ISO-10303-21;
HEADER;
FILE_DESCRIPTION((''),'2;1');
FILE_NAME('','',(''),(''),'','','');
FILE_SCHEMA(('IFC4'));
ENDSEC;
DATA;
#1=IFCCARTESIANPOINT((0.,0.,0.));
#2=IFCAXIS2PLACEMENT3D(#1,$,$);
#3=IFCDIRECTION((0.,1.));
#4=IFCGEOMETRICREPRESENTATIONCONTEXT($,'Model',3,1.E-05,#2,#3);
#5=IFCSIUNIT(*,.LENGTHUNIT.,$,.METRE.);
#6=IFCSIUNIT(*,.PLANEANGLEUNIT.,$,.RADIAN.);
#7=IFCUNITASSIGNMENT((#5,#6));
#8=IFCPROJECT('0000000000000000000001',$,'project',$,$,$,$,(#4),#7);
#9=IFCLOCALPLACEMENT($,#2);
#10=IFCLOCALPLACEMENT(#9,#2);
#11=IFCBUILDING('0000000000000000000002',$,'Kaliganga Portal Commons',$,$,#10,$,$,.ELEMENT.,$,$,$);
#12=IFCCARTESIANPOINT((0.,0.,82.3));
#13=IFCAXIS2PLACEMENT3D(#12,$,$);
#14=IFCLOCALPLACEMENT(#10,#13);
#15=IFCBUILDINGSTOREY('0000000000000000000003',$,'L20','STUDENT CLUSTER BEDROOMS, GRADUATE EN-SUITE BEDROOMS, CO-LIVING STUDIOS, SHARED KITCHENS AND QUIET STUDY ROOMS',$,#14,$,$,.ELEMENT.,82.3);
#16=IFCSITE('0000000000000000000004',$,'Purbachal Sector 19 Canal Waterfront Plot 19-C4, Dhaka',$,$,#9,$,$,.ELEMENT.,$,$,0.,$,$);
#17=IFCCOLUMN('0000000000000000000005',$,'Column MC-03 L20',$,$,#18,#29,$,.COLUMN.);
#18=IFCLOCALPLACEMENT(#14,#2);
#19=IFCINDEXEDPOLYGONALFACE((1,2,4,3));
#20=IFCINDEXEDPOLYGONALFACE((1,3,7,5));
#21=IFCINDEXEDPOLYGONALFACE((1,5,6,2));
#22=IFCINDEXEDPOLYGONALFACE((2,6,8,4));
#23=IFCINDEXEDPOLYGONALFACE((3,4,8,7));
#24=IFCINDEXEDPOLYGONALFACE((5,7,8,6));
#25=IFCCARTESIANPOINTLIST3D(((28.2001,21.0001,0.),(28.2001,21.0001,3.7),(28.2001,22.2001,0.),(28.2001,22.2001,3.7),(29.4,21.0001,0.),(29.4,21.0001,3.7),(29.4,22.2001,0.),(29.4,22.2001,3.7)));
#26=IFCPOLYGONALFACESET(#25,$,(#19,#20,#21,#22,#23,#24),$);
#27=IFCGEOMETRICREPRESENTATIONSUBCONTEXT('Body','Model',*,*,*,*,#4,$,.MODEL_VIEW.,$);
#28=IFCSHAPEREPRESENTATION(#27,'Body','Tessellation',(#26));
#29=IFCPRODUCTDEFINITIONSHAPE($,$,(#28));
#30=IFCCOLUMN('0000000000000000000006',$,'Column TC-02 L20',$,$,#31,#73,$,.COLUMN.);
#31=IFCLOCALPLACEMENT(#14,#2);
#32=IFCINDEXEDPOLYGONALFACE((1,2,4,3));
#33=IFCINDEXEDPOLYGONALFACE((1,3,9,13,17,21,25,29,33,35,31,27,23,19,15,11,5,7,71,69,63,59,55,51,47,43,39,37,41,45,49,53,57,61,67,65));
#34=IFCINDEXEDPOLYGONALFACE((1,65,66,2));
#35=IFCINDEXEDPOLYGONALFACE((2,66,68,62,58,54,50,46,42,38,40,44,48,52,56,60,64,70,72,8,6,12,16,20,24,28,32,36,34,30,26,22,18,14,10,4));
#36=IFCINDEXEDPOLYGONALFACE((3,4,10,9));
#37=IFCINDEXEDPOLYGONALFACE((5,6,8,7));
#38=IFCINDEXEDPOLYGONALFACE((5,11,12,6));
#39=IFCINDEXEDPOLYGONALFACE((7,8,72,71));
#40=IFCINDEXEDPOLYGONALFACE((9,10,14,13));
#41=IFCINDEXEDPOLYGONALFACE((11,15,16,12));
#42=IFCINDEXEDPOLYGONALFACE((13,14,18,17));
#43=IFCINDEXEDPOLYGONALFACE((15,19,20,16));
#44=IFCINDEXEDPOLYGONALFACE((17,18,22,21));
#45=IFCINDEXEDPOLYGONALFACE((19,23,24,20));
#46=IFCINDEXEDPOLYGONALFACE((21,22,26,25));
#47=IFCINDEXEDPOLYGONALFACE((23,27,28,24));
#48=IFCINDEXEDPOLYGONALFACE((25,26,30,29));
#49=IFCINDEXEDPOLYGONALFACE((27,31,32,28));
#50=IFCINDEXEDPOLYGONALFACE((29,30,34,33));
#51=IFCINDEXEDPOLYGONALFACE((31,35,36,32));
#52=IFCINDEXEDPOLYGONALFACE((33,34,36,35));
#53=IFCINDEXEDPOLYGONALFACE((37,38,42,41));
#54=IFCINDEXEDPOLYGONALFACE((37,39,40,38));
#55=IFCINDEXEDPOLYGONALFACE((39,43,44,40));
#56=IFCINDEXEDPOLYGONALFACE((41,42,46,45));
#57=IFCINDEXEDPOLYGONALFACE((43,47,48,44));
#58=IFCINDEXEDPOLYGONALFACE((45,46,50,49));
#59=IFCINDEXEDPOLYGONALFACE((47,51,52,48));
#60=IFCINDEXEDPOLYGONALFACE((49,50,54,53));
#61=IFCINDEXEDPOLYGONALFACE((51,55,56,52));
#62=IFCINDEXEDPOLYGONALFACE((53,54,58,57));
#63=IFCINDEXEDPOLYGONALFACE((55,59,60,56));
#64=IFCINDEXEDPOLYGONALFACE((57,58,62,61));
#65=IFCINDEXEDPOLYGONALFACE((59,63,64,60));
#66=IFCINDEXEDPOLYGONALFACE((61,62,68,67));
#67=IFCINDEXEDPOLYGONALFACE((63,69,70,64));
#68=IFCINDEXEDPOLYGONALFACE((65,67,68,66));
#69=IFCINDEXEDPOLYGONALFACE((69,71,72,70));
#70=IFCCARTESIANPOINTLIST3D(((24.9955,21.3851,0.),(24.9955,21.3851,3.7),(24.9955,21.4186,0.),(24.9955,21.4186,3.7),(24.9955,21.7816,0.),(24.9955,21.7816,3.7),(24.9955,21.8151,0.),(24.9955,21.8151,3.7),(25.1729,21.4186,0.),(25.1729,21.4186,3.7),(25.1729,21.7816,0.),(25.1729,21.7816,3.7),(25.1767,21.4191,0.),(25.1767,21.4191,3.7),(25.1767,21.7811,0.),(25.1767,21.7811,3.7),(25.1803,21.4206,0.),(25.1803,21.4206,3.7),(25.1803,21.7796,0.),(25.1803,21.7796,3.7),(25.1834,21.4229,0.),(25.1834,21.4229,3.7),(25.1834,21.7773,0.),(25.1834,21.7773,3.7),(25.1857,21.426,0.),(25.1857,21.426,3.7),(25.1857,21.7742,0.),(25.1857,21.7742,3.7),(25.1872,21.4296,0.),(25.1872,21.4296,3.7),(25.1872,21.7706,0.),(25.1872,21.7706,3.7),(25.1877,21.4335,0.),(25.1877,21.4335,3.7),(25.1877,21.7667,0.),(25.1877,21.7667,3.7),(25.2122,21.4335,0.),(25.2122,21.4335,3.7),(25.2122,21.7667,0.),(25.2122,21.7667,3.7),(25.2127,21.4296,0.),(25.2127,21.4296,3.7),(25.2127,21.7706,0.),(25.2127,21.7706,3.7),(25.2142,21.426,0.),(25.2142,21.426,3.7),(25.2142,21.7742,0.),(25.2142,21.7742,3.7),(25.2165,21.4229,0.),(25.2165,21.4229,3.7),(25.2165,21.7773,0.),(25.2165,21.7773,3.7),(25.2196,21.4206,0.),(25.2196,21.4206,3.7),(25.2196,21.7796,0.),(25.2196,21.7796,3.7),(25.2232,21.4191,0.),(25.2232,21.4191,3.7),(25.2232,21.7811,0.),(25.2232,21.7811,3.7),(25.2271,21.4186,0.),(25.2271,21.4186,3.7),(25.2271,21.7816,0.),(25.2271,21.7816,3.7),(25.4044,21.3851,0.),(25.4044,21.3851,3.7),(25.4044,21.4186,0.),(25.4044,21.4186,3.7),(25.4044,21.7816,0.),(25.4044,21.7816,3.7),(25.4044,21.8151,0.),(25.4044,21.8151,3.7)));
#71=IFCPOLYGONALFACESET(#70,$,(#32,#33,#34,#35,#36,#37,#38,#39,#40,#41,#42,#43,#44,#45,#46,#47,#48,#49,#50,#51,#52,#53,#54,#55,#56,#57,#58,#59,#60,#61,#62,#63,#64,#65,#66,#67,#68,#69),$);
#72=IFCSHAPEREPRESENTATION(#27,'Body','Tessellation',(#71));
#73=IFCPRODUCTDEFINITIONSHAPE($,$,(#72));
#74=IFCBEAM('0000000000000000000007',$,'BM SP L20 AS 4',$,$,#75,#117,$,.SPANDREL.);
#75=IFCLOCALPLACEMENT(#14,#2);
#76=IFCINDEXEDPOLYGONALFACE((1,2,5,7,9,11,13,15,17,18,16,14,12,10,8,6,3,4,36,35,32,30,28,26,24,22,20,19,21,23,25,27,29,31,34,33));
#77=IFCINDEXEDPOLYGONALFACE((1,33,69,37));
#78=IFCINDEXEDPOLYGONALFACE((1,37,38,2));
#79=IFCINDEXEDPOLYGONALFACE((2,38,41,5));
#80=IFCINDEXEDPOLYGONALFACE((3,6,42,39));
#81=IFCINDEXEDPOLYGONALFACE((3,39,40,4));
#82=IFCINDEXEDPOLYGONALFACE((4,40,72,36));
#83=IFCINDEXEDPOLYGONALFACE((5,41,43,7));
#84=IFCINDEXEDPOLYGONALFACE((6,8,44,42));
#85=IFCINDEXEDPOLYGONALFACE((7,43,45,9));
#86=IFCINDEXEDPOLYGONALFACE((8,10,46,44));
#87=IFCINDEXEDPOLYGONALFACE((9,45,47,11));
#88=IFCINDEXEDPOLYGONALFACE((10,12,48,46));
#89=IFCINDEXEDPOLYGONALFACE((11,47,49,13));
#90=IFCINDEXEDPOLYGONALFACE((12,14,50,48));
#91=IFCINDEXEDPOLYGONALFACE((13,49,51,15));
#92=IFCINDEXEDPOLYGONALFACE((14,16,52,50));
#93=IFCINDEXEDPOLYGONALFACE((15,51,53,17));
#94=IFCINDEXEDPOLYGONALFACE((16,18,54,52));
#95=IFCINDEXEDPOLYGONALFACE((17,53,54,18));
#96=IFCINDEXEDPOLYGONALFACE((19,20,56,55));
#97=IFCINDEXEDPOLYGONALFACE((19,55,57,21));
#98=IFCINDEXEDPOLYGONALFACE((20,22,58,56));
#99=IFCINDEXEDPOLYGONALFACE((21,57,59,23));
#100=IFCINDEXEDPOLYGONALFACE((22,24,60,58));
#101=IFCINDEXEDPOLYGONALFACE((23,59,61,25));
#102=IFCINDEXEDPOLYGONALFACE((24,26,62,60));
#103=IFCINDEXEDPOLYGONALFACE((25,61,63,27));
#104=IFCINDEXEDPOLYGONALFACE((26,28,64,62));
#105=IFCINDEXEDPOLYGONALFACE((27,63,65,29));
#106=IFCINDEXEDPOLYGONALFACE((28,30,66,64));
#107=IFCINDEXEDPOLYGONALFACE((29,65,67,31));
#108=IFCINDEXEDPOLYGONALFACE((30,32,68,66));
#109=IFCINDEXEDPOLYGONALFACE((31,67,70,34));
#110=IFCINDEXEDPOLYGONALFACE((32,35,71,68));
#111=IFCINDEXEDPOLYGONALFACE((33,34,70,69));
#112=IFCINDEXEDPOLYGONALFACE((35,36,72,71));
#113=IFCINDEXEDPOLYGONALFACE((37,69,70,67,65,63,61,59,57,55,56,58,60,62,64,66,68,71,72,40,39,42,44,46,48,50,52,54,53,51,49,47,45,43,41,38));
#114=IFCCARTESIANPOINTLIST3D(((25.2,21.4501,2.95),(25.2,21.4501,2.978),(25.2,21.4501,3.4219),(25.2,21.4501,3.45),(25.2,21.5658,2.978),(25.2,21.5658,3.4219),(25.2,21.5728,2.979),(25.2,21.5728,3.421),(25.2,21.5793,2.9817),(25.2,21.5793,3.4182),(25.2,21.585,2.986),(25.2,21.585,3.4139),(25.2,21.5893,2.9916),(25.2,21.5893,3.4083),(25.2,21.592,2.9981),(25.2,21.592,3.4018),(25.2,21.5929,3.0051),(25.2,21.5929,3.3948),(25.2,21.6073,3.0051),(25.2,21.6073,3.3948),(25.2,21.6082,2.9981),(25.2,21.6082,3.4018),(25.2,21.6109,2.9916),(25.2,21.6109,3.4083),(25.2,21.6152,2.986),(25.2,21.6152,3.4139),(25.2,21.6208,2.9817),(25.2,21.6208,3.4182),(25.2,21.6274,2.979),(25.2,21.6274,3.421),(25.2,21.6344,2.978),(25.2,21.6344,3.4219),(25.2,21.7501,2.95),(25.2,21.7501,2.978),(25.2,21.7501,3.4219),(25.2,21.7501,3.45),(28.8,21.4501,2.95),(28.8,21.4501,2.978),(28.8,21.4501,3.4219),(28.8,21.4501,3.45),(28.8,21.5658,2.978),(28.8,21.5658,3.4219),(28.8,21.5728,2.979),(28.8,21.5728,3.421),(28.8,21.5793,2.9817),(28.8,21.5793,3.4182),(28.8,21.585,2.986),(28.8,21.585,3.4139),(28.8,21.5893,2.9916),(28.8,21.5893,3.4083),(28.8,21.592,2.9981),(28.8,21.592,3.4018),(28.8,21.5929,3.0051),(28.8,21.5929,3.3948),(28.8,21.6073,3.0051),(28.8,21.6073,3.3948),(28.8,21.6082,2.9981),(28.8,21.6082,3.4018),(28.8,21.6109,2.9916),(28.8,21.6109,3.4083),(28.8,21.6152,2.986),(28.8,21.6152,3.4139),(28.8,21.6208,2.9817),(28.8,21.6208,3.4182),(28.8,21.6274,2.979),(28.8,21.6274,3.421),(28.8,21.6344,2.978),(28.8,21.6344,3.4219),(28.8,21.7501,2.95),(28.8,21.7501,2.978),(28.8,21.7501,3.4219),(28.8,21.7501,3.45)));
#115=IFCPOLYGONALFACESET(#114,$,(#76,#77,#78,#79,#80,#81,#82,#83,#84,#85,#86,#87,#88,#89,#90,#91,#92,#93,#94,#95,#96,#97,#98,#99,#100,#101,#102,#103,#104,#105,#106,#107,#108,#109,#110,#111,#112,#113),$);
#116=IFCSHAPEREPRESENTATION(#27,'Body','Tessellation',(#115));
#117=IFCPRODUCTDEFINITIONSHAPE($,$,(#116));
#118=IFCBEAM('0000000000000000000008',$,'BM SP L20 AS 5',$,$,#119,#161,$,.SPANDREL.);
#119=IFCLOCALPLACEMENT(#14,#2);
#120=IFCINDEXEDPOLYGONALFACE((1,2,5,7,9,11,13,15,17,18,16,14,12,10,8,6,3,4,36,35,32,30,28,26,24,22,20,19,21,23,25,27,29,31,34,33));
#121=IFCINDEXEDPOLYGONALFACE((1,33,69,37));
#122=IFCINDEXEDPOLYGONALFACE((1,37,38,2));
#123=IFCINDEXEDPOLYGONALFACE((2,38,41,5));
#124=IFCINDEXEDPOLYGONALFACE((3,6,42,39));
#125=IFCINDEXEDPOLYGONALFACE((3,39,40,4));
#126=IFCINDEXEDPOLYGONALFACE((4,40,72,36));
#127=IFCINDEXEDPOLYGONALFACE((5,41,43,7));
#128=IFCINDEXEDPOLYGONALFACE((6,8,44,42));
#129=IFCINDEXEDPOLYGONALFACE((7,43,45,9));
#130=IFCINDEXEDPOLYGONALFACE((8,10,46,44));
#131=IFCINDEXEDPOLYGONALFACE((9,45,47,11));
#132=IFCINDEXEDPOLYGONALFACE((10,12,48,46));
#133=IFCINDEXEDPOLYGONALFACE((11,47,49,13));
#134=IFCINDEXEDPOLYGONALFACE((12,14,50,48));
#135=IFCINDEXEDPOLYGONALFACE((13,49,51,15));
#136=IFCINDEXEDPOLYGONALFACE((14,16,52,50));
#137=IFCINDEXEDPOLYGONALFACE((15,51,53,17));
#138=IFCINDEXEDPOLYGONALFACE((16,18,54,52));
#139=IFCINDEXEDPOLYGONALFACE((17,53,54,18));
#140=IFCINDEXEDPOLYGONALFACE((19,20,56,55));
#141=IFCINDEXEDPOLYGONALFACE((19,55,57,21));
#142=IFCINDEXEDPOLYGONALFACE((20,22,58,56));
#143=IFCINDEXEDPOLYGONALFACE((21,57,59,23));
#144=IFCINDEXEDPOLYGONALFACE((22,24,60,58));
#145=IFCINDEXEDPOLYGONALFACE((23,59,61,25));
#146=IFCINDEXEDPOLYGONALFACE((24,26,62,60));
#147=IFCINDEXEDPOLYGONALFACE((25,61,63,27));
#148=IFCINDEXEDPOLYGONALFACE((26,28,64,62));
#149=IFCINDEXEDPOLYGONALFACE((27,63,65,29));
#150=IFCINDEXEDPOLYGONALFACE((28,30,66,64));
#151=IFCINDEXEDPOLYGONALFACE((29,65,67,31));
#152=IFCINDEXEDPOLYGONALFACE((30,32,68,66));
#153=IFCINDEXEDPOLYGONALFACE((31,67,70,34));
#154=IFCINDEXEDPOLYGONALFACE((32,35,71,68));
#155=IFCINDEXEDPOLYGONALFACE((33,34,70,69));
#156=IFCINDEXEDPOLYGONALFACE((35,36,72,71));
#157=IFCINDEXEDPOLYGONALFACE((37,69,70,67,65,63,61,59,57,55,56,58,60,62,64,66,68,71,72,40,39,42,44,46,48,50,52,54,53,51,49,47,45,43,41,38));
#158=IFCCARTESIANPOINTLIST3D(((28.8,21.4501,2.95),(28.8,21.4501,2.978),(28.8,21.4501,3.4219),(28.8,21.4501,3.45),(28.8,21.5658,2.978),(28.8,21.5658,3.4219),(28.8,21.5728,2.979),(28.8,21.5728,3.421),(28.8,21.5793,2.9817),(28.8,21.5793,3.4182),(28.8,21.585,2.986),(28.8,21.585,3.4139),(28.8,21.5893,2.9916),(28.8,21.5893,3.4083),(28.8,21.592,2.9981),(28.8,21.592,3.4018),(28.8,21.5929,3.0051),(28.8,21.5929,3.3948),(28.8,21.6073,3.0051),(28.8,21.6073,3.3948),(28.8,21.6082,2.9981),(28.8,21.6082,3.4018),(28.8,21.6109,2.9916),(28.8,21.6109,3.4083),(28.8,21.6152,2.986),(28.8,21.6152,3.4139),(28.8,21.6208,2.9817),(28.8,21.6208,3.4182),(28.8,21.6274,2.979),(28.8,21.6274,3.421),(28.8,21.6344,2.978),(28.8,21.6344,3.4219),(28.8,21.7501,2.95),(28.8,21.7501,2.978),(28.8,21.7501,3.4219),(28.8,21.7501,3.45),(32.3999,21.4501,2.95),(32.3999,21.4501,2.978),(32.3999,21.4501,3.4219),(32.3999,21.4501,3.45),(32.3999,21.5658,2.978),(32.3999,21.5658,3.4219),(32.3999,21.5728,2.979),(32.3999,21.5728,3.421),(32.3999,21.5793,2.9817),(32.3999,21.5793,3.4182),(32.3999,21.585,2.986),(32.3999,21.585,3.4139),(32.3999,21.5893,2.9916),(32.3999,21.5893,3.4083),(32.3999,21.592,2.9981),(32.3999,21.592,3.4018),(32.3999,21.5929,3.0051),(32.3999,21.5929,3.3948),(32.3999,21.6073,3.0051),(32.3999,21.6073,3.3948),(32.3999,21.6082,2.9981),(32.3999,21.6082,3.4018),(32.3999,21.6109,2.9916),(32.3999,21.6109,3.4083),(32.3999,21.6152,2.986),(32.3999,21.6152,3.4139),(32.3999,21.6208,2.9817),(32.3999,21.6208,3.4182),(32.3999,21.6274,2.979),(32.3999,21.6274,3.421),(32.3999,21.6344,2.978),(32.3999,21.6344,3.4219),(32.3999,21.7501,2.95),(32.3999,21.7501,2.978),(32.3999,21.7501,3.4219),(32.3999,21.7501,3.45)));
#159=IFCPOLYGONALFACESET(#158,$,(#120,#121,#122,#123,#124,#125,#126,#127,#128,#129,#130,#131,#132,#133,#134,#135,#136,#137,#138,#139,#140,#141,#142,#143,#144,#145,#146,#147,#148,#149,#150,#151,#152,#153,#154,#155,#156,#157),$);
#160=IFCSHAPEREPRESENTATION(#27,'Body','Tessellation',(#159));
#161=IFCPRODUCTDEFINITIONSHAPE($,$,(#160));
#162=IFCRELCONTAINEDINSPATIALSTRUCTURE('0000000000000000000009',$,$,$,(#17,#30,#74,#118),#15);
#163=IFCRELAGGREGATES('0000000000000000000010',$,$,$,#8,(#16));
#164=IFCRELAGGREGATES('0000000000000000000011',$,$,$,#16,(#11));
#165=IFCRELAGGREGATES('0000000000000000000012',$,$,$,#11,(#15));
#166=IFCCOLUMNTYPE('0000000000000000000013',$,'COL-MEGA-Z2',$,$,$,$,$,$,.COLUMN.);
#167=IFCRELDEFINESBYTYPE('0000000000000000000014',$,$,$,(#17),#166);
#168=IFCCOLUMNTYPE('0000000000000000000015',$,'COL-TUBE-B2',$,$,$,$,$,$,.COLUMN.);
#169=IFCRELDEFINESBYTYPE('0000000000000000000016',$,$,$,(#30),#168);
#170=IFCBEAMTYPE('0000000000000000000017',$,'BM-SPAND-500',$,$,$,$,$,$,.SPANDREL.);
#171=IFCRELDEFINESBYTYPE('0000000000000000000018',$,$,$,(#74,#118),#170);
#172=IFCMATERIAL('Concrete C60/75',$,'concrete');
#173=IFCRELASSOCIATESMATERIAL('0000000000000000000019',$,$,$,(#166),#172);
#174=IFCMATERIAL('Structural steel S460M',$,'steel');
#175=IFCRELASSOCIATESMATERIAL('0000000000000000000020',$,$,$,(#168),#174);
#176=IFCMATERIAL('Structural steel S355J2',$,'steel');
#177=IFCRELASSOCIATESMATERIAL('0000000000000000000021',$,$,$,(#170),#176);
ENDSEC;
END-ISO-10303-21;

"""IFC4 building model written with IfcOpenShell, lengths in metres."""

from ifc_helpers import new_model, si_unit, direction, frame, origin, origin_2d, place, context, subcontext, project, spatial, rectangle, i_section, extrude, source, transform, mapped, material, material_profile, profile_set, type_object, element, save


model = new_model("IFC4")

# Units and contexts
model_context = context("Model", 3, precision=1e-05, world=origin(), true_north=direction((0.0, 1.0)))
body_context = subcontext(model_context, "Body", "Model", "MODEL_VIEW")
ifc_project = project(units=[si_unit("LENGTHUNIT", "METRE"), si_unit("PLANEANGLEUNIT", "RADIAN")], contexts=[model_context])

# Site, building, storey
site_placement = place(None, origin())
site = spatial("IfcSite", under=ifc_project, at=site_placement, Name="Purbachal Sector 19 Canal Waterfront Plot 19-C4, Dhaka", CompositionType="ELEMENT", RefElevation=0.0)
building_placement = place(site_placement, origin())
building = spatial("IfcBuilding", under=site, at=building_placement, Name="Kaliganga Portal Commons", CompositionType="ELEMENT")
storey_placement = place(building_placement, frame((0.0, 0.0, 82.3)))
storey = spatial("IfcBuildingStorey", under=building, at=storey_placement, Name="L20", Description="STUDENT CLUSTER BEDROOMS, GRADUATE EN-SUITE BEDROOMS, CO-LIVING STUDIOS, SHARED KITCHENS AND QUIET STUDY ROOMS", CompositionType="ELEMENT", Elevation=82.3)

# Columns
ifc_material_1 = material(Name="Concrete C60/75", Category="concrete")
ifc_material_profile_1 = material_profile(ifc_material_1, rectangle(XDim=1.2, YDim=1.2, at=origin_2d()), Name="RC 1200x1200")
ifc_profile_set_1 = profile_set([ifc_material_profile_1], Name="Concrete C60/75")
column_type_1 = type_object("IfcColumnType", Name="COL-MEGA-Z2", PredefinedType="COLUMN", material=ifc_profile_set_1)
shared_shape_1 = source(origin(), body_context, "Body", "SweptSolid", [
    extrude(rectangle(XDim=1.2, YDim=1.2, at=origin_2d()), origin(), (0.0, 0.0, 1.0), 3.7),
])
column_1_placement = place(storey_placement, frame((28.8, 21.6001, 0.0), z_axis=(0.0, 0.0, 1.0), x_axis=(1.0, 0.0, 0.0)))
element("IfcColumn", 1, at=column_1_placement, inside=storey, type_object=column_type_1, Name="Column MC-03 L20", PredefinedType="COLUMN", context=body_context, shape_type="MappedRepresentation", body=[
    mapped(shared_shape_1, transform((0.0, 0.0, 0.0), x_axis=(1.0, 0.0, 0.0), y_axis=(0.0, 1.0, 0.0), z_axis=(0.0, 0.0, 1.0), scale=1.0)),
])
ifc_material_2 = material(Name="Structural steel S460M", Category="steel")
ifc_material_profile_2 = material_profile(ifc_material_2, i_section(OverallWidth=0.4089, OverallDepth=0.4299, WebThickness=0.0244, FlangeThickness=0.0334, FilletRadius=0.0149, at=origin_2d()), Name="HD 400x421")
ifc_profile_set_2 = profile_set([ifc_material_profile_2], Name="Structural steel S460M wide-flange")
column_type_2 = type_object("IfcColumnType", Name="COL-TUBE-B2", PredefinedType="COLUMN", material=ifc_profile_set_2)
shared_shape_2 = source(origin(), body_context, "Body", "SweptSolid", [
    extrude(i_section(OverallWidth=0.4089, OverallDepth=0.4299, WebThickness=0.0244, FlangeThickness=0.0334, FilletRadius=0.0149, at=origin_2d()), origin(), (0.0, 0.0, 1.0), 3.7),
])
column_2_placement = place(storey_placement, frame((25.2, 21.6001, 0.0), z_axis=(0.0, 0.0, 1.0), x_axis=(1.0, 0.0, 0.0)))
element("IfcColumn", 2, at=column_2_placement, inside=storey, type_object=column_type_2, Name="Column TC-02 L20", PredefinedType="COLUMN", context=body_context, shape_type="MappedRepresentation", body=[
    mapped(shared_shape_2, transform((0.0, 0.0, 0.0), x_axis=(1.0, 0.0, 0.0), y_axis=(0.0, 1.0, 0.0), z_axis=(0.0, 0.0, 1.0), scale=1.0)),
])

# Beams
ifc_material_3 = material(Name="Structural steel S355J2", Category="steel")
ifc_material_profile_3 = material_profile(ifc_material_3, i_section(OverallWidth=0.3, OverallDepth=0.5, WebThickness=0.0144, FlangeThickness=0.0281, FilletRadius=0.0271, at=origin_2d()), Name="HE 500 B")
ifc_profile_set_3 = profile_set([ifc_material_profile_3], Name="Structural steel S355J2 wide-flange")
beam_type_1 = type_object("IfcBeamType", Name="BM-SPAND-500", PredefinedType="SPANDREL", material=ifc_profile_set_3)
shared_shape_3 = source(origin(), body_context, "Body", "SweptSolid", [
    extrude(i_section(OverallWidth=0.3, OverallDepth=0.5, WebThickness=0.0144, FlangeThickness=0.0281, FilletRadius=0.0271, at=origin_2d()), origin(), (0.0, 0.0, 1.0), 3.6001),
])
beam_1_placement = place(storey_placement, frame((25.2, 21.6001, 3.2), z_axis=(1.0, 0.0, 0.0), x_axis=(0.0, 1.0, 0.0)))
element("IfcBeam", 3, at=beam_1_placement, inside=storey, type_object=beam_type_1, Name="BM SP L20 AS 4", PredefinedType="SPANDREL", context=body_context, shape_type="MappedRepresentation", body=[
    mapped(shared_shape_3, transform((0.0, 0.0, 0.0), x_axis=(1.0, 0.0, 0.0), y_axis=(0.0, 1.0, 0.0), z_axis=(0.0, 0.0, 1.0), scale=1.0)),
])
shared_shape_4 = source(origin(), body_context, "Body", "SweptSolid", [
    extrude(i_section(OverallWidth=0.3, OverallDepth=0.5, WebThickness=0.0144, FlangeThickness=0.0281, FilletRadius=0.0271, at=origin_2d()), origin(), (0.0, 0.0, 1.0), 3.5999),
])
beam_2_placement = place(storey_placement, frame((28.8, 21.6001, 3.2), z_axis=(1.0, 0.0, 0.0), x_axis=(0.0, 1.0, 0.0)))
element("IfcBeam", 4, at=beam_2_placement, inside=storey, type_object=beam_type_1, Name="BM SP L20 AS 5", PredefinedType="SPANDREL", context=body_context, shape_type="MappedRepresentation", body=[
    mapped(shared_shape_4, transform((0.0, 0.0, 0.0), x_axis=(1.0, 0.0, 0.0), y_axis=(0.0, 1.0, 0.0), z_axis=(0.0, 0.0, 1.0), scale=1.0)),
])

save(model, "model.ifc")
